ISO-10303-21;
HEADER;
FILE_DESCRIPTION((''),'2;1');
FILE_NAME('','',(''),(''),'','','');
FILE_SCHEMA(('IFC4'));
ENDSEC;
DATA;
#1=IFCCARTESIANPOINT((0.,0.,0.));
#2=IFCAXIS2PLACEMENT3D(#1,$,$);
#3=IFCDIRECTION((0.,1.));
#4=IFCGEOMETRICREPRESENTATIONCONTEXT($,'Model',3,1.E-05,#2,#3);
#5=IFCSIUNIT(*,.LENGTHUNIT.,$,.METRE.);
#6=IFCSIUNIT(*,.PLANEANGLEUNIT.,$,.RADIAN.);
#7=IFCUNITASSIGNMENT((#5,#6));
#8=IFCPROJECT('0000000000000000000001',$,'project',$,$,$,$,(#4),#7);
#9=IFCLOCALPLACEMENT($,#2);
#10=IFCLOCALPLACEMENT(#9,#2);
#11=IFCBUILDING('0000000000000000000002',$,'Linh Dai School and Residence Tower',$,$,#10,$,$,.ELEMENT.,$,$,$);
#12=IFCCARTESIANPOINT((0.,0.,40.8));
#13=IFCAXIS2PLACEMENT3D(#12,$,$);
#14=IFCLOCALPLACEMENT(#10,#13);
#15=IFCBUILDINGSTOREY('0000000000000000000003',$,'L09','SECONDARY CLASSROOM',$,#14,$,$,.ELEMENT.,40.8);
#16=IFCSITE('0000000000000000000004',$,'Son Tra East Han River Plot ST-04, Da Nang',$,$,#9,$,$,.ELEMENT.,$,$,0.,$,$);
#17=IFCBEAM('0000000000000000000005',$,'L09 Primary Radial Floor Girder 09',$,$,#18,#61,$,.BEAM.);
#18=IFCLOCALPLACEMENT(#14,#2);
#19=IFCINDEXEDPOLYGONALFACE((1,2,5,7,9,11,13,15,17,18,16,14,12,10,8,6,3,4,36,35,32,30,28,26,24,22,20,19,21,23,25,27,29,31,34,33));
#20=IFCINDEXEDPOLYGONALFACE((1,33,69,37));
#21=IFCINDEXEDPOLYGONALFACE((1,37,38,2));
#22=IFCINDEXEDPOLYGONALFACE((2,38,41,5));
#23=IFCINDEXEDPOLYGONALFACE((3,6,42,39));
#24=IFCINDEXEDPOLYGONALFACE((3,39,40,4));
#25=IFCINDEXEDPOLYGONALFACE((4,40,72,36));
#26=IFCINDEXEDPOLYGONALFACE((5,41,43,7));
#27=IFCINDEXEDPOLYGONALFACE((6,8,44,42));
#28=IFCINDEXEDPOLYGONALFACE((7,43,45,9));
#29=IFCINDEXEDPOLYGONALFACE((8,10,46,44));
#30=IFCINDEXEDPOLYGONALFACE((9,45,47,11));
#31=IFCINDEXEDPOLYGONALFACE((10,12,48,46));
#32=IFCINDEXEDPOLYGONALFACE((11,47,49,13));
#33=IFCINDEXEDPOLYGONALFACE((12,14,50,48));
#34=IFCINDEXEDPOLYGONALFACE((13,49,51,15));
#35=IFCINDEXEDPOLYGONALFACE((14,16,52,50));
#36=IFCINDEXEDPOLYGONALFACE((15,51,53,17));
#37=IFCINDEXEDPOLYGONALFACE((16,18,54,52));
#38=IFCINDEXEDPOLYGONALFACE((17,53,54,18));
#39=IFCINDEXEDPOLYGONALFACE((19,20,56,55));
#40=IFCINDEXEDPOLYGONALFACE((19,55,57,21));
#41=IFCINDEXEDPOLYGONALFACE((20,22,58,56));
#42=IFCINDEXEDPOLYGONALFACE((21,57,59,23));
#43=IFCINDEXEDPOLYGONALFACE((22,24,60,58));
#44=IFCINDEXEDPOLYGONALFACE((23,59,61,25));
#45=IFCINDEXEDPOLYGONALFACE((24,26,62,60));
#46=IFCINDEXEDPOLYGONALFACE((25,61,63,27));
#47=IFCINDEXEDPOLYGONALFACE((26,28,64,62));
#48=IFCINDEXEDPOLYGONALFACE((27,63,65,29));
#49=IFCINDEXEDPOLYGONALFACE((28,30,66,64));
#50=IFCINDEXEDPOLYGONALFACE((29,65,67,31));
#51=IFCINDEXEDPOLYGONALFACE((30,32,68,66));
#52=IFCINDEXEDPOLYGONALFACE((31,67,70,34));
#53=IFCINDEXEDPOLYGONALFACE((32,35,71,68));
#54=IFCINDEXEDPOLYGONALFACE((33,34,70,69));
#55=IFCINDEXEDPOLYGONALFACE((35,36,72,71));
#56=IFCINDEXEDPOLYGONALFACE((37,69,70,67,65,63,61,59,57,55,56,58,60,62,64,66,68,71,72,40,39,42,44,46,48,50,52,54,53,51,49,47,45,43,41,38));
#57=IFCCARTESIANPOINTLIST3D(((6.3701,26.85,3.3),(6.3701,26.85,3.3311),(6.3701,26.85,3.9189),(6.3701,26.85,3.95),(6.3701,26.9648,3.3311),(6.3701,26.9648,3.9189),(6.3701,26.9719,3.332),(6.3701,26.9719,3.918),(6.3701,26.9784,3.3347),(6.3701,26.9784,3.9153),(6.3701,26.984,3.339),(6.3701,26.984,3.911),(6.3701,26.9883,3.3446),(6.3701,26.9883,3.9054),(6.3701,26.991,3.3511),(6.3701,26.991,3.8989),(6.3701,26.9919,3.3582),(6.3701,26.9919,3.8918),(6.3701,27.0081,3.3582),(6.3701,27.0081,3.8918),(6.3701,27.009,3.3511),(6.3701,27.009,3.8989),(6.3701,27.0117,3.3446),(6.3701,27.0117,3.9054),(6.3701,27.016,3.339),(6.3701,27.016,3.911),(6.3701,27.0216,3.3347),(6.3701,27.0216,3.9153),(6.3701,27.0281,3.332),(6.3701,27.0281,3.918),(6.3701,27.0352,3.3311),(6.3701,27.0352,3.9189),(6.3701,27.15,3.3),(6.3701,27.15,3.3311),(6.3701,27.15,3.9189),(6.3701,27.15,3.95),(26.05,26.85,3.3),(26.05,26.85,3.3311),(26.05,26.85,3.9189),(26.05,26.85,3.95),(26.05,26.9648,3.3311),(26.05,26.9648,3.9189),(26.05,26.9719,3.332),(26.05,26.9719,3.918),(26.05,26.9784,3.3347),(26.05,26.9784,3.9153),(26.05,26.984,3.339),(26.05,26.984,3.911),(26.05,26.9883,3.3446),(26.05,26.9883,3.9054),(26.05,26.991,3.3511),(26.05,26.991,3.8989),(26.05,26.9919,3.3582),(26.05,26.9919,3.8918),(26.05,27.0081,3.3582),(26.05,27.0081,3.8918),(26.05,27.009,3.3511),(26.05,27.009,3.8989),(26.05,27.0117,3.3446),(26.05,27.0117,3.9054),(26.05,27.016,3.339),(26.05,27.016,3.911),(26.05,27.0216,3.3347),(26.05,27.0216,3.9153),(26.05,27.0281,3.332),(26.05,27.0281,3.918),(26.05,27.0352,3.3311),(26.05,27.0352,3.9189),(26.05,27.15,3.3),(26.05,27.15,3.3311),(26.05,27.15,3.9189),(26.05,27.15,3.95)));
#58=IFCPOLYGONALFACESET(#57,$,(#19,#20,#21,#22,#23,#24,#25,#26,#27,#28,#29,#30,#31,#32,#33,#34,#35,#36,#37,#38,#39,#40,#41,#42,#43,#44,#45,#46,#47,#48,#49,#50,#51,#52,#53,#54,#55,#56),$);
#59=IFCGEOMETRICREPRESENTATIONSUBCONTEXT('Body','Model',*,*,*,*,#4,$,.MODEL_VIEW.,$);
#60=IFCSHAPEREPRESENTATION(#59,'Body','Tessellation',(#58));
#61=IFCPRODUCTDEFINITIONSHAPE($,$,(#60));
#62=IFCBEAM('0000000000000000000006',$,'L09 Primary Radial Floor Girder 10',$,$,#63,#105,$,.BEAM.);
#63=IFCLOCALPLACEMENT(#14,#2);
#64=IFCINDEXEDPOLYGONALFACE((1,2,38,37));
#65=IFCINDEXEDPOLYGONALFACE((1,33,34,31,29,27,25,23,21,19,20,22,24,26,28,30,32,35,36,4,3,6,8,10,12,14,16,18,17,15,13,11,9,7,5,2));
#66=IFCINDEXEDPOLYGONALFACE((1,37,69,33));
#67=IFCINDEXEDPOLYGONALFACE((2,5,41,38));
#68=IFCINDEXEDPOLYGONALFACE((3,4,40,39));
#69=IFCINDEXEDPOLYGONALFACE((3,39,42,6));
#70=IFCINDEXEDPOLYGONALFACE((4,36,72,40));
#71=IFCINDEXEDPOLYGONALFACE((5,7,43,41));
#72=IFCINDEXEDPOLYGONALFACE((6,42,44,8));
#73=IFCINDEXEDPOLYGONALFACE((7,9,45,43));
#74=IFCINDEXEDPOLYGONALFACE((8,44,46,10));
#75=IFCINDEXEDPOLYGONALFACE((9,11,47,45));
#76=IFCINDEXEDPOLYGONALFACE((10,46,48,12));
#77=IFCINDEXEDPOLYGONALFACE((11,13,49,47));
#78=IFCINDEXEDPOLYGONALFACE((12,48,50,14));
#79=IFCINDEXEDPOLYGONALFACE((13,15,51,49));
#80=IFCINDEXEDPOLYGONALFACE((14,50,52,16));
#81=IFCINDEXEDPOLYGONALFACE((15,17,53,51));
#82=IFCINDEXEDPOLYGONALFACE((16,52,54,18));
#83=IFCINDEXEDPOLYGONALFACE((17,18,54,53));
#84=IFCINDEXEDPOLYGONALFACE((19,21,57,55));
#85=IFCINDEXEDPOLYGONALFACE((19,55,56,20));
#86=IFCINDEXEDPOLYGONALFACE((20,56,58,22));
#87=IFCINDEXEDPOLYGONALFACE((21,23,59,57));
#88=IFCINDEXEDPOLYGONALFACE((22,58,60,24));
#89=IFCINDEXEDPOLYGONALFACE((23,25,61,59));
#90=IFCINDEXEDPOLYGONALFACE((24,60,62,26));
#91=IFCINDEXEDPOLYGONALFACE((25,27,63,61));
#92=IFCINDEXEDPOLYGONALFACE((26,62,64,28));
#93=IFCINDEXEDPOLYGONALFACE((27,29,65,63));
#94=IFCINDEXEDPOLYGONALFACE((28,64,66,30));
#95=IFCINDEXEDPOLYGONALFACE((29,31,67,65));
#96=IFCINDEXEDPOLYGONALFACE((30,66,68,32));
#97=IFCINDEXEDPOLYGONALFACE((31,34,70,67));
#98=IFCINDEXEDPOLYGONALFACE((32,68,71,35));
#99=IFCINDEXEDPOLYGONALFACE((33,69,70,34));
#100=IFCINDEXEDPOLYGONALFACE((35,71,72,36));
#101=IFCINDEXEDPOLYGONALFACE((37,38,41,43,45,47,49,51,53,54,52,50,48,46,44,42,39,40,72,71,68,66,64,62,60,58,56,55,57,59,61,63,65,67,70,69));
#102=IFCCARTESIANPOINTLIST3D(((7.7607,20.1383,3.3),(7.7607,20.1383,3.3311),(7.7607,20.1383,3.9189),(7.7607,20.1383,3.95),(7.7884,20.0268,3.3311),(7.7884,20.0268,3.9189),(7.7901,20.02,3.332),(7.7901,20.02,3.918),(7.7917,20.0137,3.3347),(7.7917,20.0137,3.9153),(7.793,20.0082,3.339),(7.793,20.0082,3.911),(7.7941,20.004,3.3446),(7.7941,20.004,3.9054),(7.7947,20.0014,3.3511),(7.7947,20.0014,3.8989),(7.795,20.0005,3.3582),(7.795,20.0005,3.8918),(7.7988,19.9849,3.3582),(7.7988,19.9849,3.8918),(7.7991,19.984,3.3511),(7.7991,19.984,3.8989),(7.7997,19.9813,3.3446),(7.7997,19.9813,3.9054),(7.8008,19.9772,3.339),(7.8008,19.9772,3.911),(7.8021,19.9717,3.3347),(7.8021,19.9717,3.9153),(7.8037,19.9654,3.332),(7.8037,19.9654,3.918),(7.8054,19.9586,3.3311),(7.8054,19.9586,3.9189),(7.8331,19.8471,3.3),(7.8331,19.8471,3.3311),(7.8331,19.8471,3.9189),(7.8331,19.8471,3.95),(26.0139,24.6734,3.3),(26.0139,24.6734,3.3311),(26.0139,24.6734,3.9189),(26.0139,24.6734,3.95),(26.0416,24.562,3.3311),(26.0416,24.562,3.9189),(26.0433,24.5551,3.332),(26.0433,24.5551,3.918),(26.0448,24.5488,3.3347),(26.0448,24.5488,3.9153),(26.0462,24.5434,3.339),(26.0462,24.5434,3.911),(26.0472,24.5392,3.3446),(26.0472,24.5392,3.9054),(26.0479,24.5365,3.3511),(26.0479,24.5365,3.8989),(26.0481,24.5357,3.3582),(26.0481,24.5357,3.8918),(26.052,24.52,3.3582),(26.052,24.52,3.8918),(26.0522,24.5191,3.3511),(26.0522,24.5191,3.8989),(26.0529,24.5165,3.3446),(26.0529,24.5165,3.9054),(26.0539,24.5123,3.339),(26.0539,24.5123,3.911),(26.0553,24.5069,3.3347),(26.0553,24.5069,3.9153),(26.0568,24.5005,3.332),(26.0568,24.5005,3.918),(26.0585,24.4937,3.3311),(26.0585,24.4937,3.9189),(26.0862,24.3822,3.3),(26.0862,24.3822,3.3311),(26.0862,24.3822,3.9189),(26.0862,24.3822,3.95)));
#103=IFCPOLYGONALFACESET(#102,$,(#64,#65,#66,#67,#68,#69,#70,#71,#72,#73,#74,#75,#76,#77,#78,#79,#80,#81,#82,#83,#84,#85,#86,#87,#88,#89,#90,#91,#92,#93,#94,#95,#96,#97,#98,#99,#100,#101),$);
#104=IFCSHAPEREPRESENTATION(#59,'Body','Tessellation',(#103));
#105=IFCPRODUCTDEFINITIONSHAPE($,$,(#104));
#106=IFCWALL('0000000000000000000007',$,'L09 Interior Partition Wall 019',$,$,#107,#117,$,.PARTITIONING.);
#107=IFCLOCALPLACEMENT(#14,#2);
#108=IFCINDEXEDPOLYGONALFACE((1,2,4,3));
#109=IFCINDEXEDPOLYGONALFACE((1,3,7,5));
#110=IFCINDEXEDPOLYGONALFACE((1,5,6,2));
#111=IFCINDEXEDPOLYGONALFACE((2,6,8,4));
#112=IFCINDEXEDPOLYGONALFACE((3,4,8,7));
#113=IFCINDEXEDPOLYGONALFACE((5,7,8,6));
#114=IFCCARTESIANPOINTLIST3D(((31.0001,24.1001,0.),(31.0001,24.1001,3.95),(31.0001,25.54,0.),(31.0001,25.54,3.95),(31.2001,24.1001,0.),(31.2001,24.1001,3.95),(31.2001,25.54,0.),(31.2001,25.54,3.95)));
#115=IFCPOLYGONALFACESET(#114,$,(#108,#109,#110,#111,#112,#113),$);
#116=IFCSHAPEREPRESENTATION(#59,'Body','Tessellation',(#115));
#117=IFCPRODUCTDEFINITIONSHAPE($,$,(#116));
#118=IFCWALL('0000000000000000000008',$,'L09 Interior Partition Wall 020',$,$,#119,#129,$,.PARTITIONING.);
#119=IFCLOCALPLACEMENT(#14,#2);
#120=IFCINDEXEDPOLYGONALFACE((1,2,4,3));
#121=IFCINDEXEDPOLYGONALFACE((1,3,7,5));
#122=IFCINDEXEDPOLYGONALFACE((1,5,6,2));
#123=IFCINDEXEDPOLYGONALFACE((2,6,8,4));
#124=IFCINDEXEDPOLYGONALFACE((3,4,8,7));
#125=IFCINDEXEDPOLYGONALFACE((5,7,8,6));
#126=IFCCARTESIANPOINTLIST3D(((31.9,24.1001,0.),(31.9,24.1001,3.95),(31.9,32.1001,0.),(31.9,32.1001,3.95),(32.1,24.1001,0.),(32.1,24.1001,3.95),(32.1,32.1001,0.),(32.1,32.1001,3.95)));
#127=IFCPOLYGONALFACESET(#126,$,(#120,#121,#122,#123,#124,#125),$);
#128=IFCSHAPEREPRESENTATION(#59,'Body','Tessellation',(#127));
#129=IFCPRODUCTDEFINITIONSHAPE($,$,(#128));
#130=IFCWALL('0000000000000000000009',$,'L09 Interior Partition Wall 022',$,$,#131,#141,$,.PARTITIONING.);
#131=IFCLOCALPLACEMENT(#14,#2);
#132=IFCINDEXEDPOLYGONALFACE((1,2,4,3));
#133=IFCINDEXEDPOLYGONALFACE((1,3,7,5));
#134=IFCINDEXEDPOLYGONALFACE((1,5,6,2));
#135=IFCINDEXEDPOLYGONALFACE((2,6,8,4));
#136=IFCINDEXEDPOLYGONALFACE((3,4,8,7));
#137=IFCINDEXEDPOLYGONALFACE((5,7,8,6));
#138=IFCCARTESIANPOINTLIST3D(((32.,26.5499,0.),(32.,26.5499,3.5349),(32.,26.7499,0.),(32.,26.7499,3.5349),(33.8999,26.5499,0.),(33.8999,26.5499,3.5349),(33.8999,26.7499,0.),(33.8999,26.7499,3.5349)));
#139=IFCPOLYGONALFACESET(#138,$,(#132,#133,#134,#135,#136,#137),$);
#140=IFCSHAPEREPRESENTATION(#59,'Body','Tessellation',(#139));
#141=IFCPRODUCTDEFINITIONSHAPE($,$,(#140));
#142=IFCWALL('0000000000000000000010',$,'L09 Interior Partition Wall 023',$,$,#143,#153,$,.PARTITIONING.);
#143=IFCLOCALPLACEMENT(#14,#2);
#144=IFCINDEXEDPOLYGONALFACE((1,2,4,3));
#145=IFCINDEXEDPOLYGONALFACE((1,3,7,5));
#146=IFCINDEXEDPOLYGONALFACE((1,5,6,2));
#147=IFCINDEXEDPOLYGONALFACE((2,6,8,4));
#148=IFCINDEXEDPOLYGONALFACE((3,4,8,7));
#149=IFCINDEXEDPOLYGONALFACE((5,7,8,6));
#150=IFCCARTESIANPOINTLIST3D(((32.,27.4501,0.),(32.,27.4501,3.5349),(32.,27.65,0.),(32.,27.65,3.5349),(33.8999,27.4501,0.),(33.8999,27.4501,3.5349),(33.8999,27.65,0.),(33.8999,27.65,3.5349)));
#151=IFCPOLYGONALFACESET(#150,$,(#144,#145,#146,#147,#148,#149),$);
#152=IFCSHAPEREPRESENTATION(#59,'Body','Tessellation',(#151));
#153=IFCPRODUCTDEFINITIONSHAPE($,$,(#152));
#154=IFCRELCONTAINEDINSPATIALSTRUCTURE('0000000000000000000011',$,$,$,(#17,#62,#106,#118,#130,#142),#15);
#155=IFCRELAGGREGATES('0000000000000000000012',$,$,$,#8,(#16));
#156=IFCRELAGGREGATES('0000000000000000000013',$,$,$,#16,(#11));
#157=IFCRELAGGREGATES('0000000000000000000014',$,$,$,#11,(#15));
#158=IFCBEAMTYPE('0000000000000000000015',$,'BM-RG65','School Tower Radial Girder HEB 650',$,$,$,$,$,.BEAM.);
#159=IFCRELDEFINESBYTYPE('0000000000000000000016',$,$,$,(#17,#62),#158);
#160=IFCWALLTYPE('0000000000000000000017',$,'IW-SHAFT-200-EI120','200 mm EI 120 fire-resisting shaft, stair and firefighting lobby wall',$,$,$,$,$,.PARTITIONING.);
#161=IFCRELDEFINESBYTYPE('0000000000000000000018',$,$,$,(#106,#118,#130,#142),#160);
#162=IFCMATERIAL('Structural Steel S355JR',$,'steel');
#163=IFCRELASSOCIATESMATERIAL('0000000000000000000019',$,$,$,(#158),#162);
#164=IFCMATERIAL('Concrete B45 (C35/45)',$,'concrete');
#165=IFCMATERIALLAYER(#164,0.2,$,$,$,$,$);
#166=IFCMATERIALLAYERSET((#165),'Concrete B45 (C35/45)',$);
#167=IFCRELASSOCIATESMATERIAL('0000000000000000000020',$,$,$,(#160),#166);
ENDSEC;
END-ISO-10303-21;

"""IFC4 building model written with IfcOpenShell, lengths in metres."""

from ifc_helpers import new_model, si_unit, direction, frame, frame_2d, origin, origin_2d, place, context, subcontext, project, spatial, rectangle, i_section, extrude, material, layer, layer_set, material_profile, profile_set, type_object, element, save


model = new_model("IFC4")

# Units and contexts
model_context = context("Model", 3, precision=1e-05, world=origin(), true_north=direction((0.0, 1.0)))
body_context = subcontext(model_context, "Body", "Model", "MODEL_VIEW")
ifc_project = project(units=[si_unit("LENGTHUNIT", "METRE"), si_unit("PLANEANGLEUNIT", "RADIAN")], contexts=[model_context])

# Site, building, storey
site_placement = place(None, origin())
site = spatial("IfcSite", under=ifc_project, at=site_placement, Name="Son Tra East Han River Plot ST-04, Da Nang", CompositionType="ELEMENT", RefElevation=0.0)
building_placement = place(site_placement, origin())
building = spatial("IfcBuilding", under=site, at=building_placement, Name="Linh Dai School and Residence Tower", CompositionType="ELEMENT")
storey_placement = place(building_placement, frame((0.0, 0.0, 40.8)))
storey = spatial("IfcBuildingStorey", under=building, at=storey_placement, Name="L09", Description="SECONDARY CLASSROOM", CompositionType="ELEMENT", Elevation=40.8)

# Shared definitions
ifc_material_1 = material(Name="Structural Steel S355JR", Category="steel")

# Beams
ifc_material_profile_1 = material_profile(ifc_material_1, i_section(OverallWidth=0.3, OverallDepth=0.6499, WebThickness=0.0161, FlangeThickness=0.031, FilletRadius=0.0271, at=origin_2d()), Name="HEB 650")
ifc_profile_set_1 = profile_set([ifc_material_profile_1], Name="Structural Steel S355JR")
beam_type = type_object("IfcBeamType", Name="BM-RG65", Description="School Tower Radial Girder HEB 650", PredefinedType="BEAM", material=ifc_profile_set_1)
beam_1_placement = place(storey_placement, frame((26.05, 27.0, 3.625), z_axis=(-1.0, 0.0, 0.0), x_axis=(0.0, -1.0, 0.0)))
element("IfcBeam", 1, at=beam_1_placement, inside=storey, type_object=beam_type, Name="L09 Primary Radial Floor Girder 09", PredefinedType="BEAM", context=body_context, shape_type="SweptSolid", body=[
    extrude(i_section(OverallWidth=0.3, OverallDepth=0.6499, WebThickness=0.0161, FlangeThickness=0.031, FilletRadius=0.0271, at=origin_2d()), origin(), (0.0, 0.0, 1.0), 19.6799),
])
beam_2_placement = place(storey_placement, frame((26.05, 24.5278, 3.625), z_axis=(-0.970493, -0.241127, 0.0), x_axis=(0.241127, -0.970493, 0.0)))
element("IfcBeam", 2, at=beam_2_placement, inside=storey, type_object=beam_type, Name="L09 Primary Radial Floor Girder 10", PredefinedType="BEAM", context=body_context, shape_type="SweptSolid", body=[
    extrude(i_section(OverallWidth=0.3, OverallDepth=0.6499, WebThickness=0.0161, FlangeThickness=0.031, FilletRadius=0.0271, at=origin_2d()), origin(), (0.0, 0.0, 1.0), 18.8081),
])

# Shared definitions
ifc_material_2 = material(Name="Concrete B45 (C35/45)", Category="concrete")
ifc_layer_1 = layer(ifc_material_2, 0.2)
ifc_layer_set_1 = layer_set([ifc_layer_1], Name="Concrete B45 (C35/45)")
wall_type_1 = type_object("IfcWallType", Name="IW-SHAFT-200-EI120", Description="200 mm EI 120 fire-resisting shaft, stair and firefighting lobby wall", PredefinedType="PARTITIONING", material=ifc_layer_set_1)

# Walls
wall_1_placement = place(storey_placement, frame((31.1001, 24.1001, 0.0), z_axis=(0.0, 0.0, 1.0), x_axis=(0.0, 1.0, 0.0)))
element("IfcWall", 3, at=wall_1_placement, inside=storey, type_object=wall_type_1, Name="L09 Interior Partition Wall 019", PredefinedType="PARTITIONING", context=body_context, shape_type="SweptSolid", body=[
    extrude(rectangle(XDim=1.4399, YDim=0.2, at=frame_2d((0.72, 0.0))), origin(), (0.0, 0.0, 1.0), 3.95),
])
wall_2_placement = place(storey_placement, frame((32.0, 24.1001, 0.0), z_axis=(0.0, 0.0, 1.0), x_axis=(0.0, 1.0, 0.0)))
element("IfcWall", 4, at=wall_2_placement, inside=storey, type_object=wall_type_1, Name="L09 Interior Partition Wall 020", PredefinedType="PARTITIONING", context=body_context, shape_type="SweptSolid", body=[
    extrude(rectangle(XDim=8.0, YDim=0.2, at=frame_2d((4.0, 0.0))), origin(), (0.0, 0.0, 1.0), 3.95),
])

# Walls
for number, where, z_axis, x_axis, name in (
    (5, (32.0, 26.6499, 0.0), (0.0, 0.0, 1.0), (1.0, 0.0, 0.0), "L09 Interior Partition Wall 022"),
    (6, (32.0, 27.55, 0.0), (0.0, 0.0, 1.0), (1.0, 0.0, 0.0), "L09 Interior Partition Wall 023"),
):
    element("IfcWall", number, at=place(storey_placement, frame(where, z_axis=z_axis, x_axis=x_axis)), inside=storey, type_object=wall_type_1, Name=name, PredefinedType="PARTITIONING", context=body_context, shape_type="SweptSolid", body=[
        extrude(rectangle(XDim=1.8999, YDim=0.2, at=frame_2d((0.95, 0.0))), origin(), (0.0, 0.0, 1.0), 3.5349),
    ])

save(model, "model.ifc")
